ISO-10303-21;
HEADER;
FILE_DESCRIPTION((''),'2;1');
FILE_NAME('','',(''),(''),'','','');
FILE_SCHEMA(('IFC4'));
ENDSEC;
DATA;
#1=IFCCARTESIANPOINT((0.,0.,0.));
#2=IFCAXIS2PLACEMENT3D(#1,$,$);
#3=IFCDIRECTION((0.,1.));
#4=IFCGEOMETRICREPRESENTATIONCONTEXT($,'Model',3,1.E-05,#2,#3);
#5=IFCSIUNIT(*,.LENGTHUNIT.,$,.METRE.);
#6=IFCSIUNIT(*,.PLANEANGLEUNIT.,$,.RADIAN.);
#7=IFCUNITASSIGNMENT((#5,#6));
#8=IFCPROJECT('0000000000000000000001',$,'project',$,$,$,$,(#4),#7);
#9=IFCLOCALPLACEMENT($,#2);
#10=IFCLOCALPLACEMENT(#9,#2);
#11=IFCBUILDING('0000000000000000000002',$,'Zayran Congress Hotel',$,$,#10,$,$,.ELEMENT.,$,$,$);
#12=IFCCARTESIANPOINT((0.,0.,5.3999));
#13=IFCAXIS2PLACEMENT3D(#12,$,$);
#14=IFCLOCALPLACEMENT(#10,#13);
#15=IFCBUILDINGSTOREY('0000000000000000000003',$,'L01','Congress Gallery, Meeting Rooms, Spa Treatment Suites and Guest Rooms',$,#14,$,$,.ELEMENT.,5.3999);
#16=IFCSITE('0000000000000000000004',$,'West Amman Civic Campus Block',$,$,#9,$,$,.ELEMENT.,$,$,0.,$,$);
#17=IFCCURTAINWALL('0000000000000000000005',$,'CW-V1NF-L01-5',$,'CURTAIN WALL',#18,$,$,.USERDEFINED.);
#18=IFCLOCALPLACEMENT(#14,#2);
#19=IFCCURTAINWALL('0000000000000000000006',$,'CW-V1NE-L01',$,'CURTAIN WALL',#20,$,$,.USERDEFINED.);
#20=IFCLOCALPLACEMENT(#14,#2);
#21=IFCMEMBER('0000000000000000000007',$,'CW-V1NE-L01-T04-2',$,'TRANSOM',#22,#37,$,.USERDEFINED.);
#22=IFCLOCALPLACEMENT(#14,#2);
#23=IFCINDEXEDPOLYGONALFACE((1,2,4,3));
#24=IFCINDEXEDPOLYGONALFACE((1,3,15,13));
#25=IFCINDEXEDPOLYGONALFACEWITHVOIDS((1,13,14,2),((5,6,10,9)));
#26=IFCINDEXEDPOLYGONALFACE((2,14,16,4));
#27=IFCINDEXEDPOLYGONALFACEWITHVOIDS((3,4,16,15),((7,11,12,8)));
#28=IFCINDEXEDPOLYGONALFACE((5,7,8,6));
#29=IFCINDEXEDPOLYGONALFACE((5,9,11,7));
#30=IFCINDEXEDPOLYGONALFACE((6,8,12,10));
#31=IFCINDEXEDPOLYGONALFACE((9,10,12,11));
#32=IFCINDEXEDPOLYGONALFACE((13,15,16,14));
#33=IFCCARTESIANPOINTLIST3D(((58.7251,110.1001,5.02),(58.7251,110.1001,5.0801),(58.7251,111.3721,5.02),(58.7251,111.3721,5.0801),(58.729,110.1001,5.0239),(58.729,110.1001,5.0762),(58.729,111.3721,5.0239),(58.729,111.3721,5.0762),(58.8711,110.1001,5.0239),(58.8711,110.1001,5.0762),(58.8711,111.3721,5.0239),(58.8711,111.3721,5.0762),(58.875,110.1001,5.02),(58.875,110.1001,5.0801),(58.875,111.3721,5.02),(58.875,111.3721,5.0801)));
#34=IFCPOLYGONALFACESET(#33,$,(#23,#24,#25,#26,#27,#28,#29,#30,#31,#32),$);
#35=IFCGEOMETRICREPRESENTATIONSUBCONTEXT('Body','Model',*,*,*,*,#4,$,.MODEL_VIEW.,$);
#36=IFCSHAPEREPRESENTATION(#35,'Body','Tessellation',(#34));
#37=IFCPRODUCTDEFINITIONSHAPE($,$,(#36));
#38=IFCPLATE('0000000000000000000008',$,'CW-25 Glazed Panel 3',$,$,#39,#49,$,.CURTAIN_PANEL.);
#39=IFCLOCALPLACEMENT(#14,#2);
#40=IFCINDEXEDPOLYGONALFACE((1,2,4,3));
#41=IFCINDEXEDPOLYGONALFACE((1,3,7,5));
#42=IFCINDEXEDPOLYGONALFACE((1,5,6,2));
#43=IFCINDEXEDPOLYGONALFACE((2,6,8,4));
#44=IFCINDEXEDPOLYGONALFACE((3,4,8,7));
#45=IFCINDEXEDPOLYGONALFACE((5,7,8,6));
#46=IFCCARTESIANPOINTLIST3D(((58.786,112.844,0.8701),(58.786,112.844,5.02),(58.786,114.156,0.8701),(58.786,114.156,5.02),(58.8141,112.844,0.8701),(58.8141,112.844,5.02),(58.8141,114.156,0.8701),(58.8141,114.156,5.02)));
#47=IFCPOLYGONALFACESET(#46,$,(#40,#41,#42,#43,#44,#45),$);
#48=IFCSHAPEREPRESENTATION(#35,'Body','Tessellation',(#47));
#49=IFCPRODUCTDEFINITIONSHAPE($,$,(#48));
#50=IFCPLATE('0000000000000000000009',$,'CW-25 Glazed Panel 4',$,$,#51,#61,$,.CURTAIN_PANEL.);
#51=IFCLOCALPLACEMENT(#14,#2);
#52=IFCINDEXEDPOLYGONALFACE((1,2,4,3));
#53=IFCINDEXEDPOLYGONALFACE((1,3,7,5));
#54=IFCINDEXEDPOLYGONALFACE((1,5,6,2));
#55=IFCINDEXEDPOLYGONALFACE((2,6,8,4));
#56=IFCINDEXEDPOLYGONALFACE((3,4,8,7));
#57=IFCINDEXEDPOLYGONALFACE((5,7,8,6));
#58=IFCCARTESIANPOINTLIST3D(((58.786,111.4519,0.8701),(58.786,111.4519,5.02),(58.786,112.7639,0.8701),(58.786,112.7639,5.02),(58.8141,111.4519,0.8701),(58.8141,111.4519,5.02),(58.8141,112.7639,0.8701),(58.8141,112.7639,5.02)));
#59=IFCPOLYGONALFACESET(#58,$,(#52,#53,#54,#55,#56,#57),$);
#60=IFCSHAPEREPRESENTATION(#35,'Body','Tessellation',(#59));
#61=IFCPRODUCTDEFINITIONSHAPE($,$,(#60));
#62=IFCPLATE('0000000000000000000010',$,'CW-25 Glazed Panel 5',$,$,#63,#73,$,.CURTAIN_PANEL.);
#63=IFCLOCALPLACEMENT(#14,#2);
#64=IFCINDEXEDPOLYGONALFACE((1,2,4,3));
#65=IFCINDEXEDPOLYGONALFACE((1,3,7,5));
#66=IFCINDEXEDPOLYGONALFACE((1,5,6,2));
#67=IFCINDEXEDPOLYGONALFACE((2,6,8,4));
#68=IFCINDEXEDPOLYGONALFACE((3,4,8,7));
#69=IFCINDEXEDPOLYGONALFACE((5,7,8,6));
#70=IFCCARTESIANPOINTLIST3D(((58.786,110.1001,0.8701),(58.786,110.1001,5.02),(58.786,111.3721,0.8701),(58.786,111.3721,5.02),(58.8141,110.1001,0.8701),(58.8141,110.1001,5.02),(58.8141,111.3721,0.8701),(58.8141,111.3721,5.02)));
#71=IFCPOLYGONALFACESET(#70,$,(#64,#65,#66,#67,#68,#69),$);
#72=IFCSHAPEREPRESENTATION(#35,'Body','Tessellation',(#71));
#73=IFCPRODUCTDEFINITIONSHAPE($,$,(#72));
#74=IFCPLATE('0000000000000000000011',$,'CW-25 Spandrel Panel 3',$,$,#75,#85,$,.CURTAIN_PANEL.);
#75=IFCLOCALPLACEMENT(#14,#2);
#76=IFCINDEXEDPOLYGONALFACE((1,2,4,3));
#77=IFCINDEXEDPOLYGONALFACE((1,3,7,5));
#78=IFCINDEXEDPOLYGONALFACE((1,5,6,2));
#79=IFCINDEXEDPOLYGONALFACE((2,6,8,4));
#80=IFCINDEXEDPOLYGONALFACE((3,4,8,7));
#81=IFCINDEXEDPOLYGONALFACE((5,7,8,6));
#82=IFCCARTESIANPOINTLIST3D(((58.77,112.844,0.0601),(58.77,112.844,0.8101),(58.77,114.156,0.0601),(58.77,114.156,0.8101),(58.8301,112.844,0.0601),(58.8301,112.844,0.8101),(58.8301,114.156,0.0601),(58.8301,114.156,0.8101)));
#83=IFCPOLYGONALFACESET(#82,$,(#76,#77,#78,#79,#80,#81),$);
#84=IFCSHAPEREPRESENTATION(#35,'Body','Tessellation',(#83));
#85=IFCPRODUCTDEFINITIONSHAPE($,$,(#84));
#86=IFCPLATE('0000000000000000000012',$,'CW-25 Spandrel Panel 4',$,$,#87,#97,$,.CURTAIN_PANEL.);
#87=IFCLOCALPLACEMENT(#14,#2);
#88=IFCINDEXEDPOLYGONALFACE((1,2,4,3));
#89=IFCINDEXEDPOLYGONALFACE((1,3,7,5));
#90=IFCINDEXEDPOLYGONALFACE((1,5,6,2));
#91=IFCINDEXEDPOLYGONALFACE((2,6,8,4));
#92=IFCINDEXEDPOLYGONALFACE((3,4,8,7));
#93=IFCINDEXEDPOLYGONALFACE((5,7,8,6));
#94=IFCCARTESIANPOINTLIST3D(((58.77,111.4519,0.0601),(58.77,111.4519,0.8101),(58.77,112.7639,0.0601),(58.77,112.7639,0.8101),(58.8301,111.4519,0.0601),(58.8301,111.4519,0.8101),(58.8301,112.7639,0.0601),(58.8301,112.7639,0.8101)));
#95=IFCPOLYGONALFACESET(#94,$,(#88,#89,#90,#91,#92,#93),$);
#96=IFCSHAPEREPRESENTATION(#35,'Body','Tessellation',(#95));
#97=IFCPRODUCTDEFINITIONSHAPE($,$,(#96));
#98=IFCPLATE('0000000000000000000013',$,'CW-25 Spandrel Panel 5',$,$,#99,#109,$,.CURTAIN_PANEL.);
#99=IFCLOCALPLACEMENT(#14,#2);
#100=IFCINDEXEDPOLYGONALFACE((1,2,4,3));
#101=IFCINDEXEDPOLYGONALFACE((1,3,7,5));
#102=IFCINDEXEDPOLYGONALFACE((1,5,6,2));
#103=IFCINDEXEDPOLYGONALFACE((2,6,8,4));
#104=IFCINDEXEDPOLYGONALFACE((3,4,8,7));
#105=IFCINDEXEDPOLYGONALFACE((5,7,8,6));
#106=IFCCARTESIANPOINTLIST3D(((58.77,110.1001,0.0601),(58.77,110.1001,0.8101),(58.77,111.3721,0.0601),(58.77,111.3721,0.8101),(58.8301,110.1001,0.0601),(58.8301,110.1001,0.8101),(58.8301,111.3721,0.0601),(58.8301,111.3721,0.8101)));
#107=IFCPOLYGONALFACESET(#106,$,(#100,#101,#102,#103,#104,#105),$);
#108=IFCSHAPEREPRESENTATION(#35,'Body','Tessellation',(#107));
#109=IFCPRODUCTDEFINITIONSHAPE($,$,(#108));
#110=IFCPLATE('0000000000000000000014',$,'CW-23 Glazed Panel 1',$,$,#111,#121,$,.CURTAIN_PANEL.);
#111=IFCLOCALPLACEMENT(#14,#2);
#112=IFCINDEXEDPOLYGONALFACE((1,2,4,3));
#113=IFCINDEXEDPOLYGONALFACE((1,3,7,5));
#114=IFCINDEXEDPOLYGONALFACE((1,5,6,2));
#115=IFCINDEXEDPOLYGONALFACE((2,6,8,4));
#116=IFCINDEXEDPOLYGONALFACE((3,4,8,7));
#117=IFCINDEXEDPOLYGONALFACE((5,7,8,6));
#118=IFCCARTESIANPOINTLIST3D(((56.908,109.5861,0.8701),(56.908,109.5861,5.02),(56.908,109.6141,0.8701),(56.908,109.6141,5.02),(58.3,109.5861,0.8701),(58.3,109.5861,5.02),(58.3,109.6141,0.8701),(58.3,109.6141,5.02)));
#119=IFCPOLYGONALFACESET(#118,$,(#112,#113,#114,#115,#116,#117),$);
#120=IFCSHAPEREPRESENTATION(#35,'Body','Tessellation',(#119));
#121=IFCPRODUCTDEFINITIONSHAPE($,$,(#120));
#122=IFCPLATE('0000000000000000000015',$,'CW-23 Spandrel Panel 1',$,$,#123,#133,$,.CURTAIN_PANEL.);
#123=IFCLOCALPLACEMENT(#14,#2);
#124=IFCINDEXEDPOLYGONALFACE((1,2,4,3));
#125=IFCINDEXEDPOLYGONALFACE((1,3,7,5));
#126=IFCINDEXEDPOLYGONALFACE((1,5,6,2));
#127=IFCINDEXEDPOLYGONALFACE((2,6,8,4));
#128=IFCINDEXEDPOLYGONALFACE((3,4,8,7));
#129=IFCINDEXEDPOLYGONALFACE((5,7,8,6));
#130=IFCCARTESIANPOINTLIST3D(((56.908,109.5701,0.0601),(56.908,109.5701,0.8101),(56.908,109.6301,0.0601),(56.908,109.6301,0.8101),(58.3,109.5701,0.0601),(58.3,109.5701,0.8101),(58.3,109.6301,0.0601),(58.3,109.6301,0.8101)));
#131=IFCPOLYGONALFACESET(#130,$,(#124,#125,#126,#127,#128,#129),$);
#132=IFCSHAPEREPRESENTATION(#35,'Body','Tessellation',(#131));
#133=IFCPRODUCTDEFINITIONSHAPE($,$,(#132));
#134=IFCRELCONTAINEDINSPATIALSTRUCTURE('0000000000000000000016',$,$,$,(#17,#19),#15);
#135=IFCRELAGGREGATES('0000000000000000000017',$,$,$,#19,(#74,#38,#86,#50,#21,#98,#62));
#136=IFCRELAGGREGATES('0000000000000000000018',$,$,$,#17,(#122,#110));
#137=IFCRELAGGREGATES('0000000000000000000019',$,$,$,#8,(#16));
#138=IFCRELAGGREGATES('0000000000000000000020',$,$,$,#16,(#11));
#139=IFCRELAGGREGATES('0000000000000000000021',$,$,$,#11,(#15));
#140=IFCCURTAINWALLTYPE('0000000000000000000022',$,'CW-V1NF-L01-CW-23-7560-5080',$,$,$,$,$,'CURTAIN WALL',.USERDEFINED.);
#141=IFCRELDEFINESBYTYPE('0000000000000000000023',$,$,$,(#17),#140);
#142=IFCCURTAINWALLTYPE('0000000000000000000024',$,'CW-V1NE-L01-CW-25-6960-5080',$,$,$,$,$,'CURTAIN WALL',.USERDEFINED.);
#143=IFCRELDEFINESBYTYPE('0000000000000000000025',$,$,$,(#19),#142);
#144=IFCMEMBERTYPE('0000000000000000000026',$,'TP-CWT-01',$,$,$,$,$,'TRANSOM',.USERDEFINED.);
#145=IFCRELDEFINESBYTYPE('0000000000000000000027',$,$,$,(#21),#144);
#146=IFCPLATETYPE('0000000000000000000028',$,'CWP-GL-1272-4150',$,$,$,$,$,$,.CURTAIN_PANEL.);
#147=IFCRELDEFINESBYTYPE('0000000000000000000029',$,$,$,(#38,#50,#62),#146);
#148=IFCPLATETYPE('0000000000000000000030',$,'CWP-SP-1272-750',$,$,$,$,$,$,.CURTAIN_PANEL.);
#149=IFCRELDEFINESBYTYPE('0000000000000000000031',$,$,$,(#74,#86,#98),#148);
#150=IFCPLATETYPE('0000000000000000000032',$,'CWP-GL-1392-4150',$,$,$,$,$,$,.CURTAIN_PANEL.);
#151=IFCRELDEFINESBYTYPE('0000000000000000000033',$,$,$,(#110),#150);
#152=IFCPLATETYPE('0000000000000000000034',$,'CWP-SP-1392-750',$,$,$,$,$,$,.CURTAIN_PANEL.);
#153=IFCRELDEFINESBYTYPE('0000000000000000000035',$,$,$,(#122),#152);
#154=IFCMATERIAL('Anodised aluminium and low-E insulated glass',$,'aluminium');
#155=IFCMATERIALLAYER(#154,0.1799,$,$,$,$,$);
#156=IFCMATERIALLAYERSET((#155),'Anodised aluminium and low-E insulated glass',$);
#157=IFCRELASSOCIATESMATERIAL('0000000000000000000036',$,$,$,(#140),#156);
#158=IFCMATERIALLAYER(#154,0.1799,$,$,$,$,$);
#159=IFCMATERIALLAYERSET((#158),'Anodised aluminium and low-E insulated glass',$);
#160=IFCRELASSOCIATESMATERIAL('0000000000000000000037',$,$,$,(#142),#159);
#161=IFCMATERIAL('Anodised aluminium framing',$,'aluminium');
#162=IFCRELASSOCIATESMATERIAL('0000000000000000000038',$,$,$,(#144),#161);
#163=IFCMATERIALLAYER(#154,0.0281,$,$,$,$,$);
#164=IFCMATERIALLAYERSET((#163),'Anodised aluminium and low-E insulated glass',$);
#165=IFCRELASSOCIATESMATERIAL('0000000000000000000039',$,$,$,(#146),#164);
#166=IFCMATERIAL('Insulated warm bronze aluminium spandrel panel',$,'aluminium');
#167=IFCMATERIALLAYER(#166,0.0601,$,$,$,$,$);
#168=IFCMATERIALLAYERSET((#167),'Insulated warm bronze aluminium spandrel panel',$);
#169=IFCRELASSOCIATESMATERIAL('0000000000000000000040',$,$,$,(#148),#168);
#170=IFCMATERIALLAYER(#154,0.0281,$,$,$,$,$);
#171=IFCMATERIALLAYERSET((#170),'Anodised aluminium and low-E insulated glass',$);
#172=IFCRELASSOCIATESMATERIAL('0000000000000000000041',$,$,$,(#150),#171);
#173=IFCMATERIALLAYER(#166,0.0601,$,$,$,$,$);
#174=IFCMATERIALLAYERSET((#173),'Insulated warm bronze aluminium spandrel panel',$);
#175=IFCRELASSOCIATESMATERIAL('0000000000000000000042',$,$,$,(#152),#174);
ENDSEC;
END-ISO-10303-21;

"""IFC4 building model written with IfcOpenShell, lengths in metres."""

from ifc_helpers import new_model, si_unit, direction, frame, origin, origin_2d, place, context, subcontext, project, spatial, rectangle, hollow_rectangle, extrude, material, layer, layer_set, material_profile, profile_set, type_object, element, aggregate, save


model = new_model("IFC4")

# Units and contexts
model_context = context("Model", 3, precision=1e-05, world=origin(), true_north=direction((0.0, 1.0)))
body_context = subcontext(model_context, "Body", "Model", "MODEL_VIEW")
ifc_project = project(units=[si_unit("LENGTHUNIT", "METRE"), si_unit("PLANEANGLEUNIT", "RADIAN")], contexts=[model_context])

# Site, building, storey
site_placement = place(None, origin())
site = spatial("IfcSite", under=ifc_project, at=site_placement, Name="West Amman Civic Campus Block", CompositionType="ELEMENT", RefElevation=0.0)
building_placement = place(site_placement, origin())
building = spatial("IfcBuilding", under=site, at=building_placement, Name="Zayran Congress Hotel", CompositionType="ELEMENT")
storey_placement = place(building_placement, frame((0.0, 0.0, 5.3999)))
storey = spatial("IfcBuildingStorey", under=building, at=storey_placement, Name="L01", Description="Congress Gallery, Meeting Rooms, Spa Treatment Suites and Guest Rooms", CompositionType="ELEMENT", Elevation=5.3999)

# Curtain walls
ifc_material_1 = material(Name="Anodised aluminium and low-E insulated glass", Category="aluminium")
ifc_layer_1 = layer(ifc_material_1, 0.1799)
ifc_layer_set_1 = layer_set([ifc_layer_1], Name="Anodised aluminium and low-E insulated glass")
curtain_wall_type_1 = type_object("IfcCurtainWallType", Name="CW-V1NF-L01-CW-23-7560-5080", ElementType="CURTAIN WALL", PredefinedType="USERDEFINED", material=ifc_layer_set_1)
curtain_wall_1_placement = place(storey_placement, origin())
curtain_wall_1 = element("IfcCurtainWall", 1, at=curtain_wall_1_placement, inside=storey, type_object=curtain_wall_type_1, Name="CW-V1NF-L01-5", ObjectType="CURTAIN WALL", PredefinedType="USERDEFINED")
ifc_material_2 = material(Name="Anodised aluminium framing", Category="aluminium")
ifc_layer_2 = layer(ifc_material_1, 0.1799)
ifc_layer_set_2 = layer_set([ifc_layer_2], Name="Anodised aluminium and low-E insulated glass")
curtain_wall_type_2 = type_object("IfcCurtainWallType", Name="CW-V1NE-L01-CW-25-6960-5080", ElementType="CURTAIN WALL", PredefinedType="USERDEFINED", material=ifc_layer_set_2)
curtain_wall_2_placement = place(storey_placement, origin())
curtain_wall_2 = element("IfcCurtainWall", 2, at=curtain_wall_2_placement, inside=storey, type_object=curtain_wall_type_2, Name="CW-V1NE-L01", ObjectType="CURTAIN WALL", PredefinedType="USERDEFINED")

# Member
ifc_material_profile_1 = material_profile(ifc_material_2, hollow_rectangle(XDim=0.0601, YDim=0.1499, WallThickness=0.0039, at=origin_2d()), Name="RHS 150x60x4")
ifc_profile_set_1 = profile_set([ifc_material_profile_1], Name="Anodised aluminium framing")
member_type_1 = type_object("IfcMemberType", Name="TP-CWT-01", ElementType="TRANSOM", PredefinedType="USERDEFINED", material=ifc_profile_set_1)
member_1_placement = place(storey_placement, frame((58.8, 111.3721, 5.05), z_axis=(0.0, -1.0, 0.0), x_axis=(0.0, 0.0, 1.0)))
member_1 = element("IfcMember", 3, at=member_1_placement, type_object=member_type_1, Name="CW-V1NE-L01-T04-2", ObjectType="TRANSOM", PredefinedType="USERDEFINED", context=body_context, shape_type="SweptSolid", body=[
    extrude(hollow_rectangle(XDim=0.0601, YDim=0.1499, WallThickness=0.0039, at=origin_2d()), origin(), (0.0, 0.0, 1.0), 1.272),
])

# Plates
ifc_layer_3 = layer(ifc_material_1, 0.0281)
ifc_layer_set_3 = layer_set([ifc_layer_3], Name="Anodised aluminium and low-E insulated glass")
plate_type_1 = type_object("IfcPlateType", Name="CWP-GL-1272-4150", PredefinedType="CURTAIN_PANEL", material=ifc_layer_set_3)
plate_1_placement = place(storey_placement, frame((58.8, 113.5, 0.8701), z_axis=(0.0, 0.0, 1.0), x_axis=(0.0, 1.0, 0.0)))
plate_1 = element("IfcPlate", 4, at=plate_1_placement, type_object=plate_type_1, Name="CW-25 Glazed Panel 3", PredefinedType="CURTAIN_PANEL", context=body_context, shape_type="SweptSolid", body=[
    extrude(rectangle(XDim=1.312, YDim=0.0281, at=origin_2d()), origin(), (0.0, 0.0, 1.0), 4.1499),
])
plate_2_placement = place(storey_placement, frame((58.8, 112.1079, 0.8701), z_axis=(0.0, 0.0, 1.0), x_axis=(0.0, 1.0, 0.0)))
plate_2 = element("IfcPlate", 5, at=plate_2_placement, type_object=plate_type_1, Name="CW-25 Glazed Panel 4", PredefinedType="CURTAIN_PANEL", context=body_context, shape_type="SweptSolid", body=[
    extrude(rectangle(XDim=1.312, YDim=0.0281, at=origin_2d()), origin(), (0.0, 0.0, 1.0), 4.1499),
])
plate_3_placement = place(storey_placement, frame((58.8, 110.7361, 0.8701), z_axis=(0.0, 0.0, 1.0), x_axis=(0.0, 1.0, 0.0)))
plate_3 = element("IfcPlate", 6, at=plate_3_placement, type_object=plate_type_1, Name="CW-25 Glazed Panel 5", PredefinedType="CURTAIN_PANEL", context=body_context, shape_type="SweptSolid", body=[
    extrude(rectangle(XDim=1.272, YDim=0.0281, at=origin_2d()), origin(), (0.0, 0.0, 1.0), 4.1499),
])
ifc_material_3 = material(Name="Insulated warm bronze aluminium spandrel panel", Category="aluminium")
ifc_layer_4 = layer(ifc_material_3, 0.0601)
ifc_layer_set_4 = layer_set([ifc_layer_4], Name="Insulated warm bronze aluminium spandrel panel")
plate_type_2 = type_object("IfcPlateType", Name="CWP-SP-1272-750", PredefinedType="CURTAIN_PANEL", material=ifc_layer_set_4)
plate_4_placement = place(storey_placement, frame((58.8, 113.5, 0.0601), z_axis=(0.0, 0.0, 1.0), x_axis=(0.0, 1.0, 0.0)))
plate_4 = element("IfcPlate", 7, at=plate_4_placement, type_object=plate_type_2, Name="CW-25 Spandrel Panel 3", PredefinedType="CURTAIN_PANEL", context=body_context, shape_type="SweptSolid", body=[
    extrude(rectangle(XDim=1.312, YDim=0.0601, at=origin_2d()), origin(), (0.0, 0.0, 1.0), 0.75),
])
plate_5_placement = place(storey_placement, frame((58.8, 112.1079, 0.0601), z_axis=(0.0, 0.0, 1.0), x_axis=(0.0, 1.0, 0.0)))
plate_5 = element("IfcPlate", 8, at=plate_5_placement, type_object=plate_type_2, Name="CW-25 Spandrel Panel 4", PredefinedType="CURTAIN_PANEL", context=body_context, shape_type="SweptSolid", body=[
    extrude(rectangle(XDim=1.312, YDim=0.0601, at=origin_2d()), origin(), (0.0, 0.0, 1.0), 0.75),
])
plate_6_placement = place(storey_placement, frame((58.8, 110.7361, 0.0601), z_axis=(0.0, 0.0, 1.0), x_axis=(0.0, 1.0, 0.0)))
plate_6 = element("IfcPlate", 9, at=plate_6_placement, type_object=plate_type_2, Name="CW-25 Spandrel Panel 5", PredefinedType="CURTAIN_PANEL", context=body_context, shape_type="SweptSolid", body=[
    extrude(rectangle(XDim=1.272, YDim=0.0601, at=origin_2d()), origin(), (0.0, 0.0, 1.0), 0.75),
])
aggregate(curtain_wall_2, [plate_4, plate_1, plate_5, plate_2, member_1, plate_6, plate_3])
ifc_layer_5 = layer(ifc_material_1, 0.0281)
ifc_layer_set_5 = layer_set([ifc_layer_5], Name="Anodised aluminium and low-E insulated glass")
plate_type_3 = type_object("IfcPlateType", Name="CWP-GL-1392-4150", PredefinedType="CURTAIN_PANEL", material=ifc_layer_set_5)
plate_7_placement = place(storey_placement, frame((57.604, 109.6001, 0.8701), z_axis=(0.0, 0.0, 1.0), x_axis=(1.0, 0.0, 0.0)))
plate_7 = element("IfcPlate", 10, at=plate_7_placement, type_object=plate_type_3, Name="CW-23 Glazed Panel 1", PredefinedType="CURTAIN_PANEL", context=body_context, shape_type="SweptSolid", body=[
    extrude(rectangle(XDim=1.3921, YDim=0.0281, at=origin_2d()), origin(), (0.0, 0.0, 1.0), 4.1499),
])
ifc_layer_6 = layer(ifc_material_3, 0.0601)
ifc_layer_set_6 = layer_set([ifc_layer_6], Name="Insulated warm bronze aluminium spandrel panel")
plate_type_4 = type_object("IfcPlateType", Name="CWP-SP-1392-750", PredefinedType="CURTAIN_PANEL", material=ifc_layer_set_6)
plate_8_placement = place(storey_placement, frame((57.604, 109.6001, 0.0601), z_axis=(0.0, 0.0, 1.0), x_axis=(1.0, 0.0, 0.0)))
plate_8 = element("IfcPlate", 11, at=plate_8_placement, type_object=plate_type_4, Name="CW-23 Spandrel Panel 1", PredefinedType="CURTAIN_PANEL", context=body_context, shape_type="SweptSolid", body=[
    extrude(rectangle(XDim=1.3921, YDim=0.0601, at=origin_2d()), origin(), (0.0, 0.0, 1.0), 0.75),
])
aggregate(curtain_wall_1, [plate_8, plate_7])

save(model, "model.ifc")
